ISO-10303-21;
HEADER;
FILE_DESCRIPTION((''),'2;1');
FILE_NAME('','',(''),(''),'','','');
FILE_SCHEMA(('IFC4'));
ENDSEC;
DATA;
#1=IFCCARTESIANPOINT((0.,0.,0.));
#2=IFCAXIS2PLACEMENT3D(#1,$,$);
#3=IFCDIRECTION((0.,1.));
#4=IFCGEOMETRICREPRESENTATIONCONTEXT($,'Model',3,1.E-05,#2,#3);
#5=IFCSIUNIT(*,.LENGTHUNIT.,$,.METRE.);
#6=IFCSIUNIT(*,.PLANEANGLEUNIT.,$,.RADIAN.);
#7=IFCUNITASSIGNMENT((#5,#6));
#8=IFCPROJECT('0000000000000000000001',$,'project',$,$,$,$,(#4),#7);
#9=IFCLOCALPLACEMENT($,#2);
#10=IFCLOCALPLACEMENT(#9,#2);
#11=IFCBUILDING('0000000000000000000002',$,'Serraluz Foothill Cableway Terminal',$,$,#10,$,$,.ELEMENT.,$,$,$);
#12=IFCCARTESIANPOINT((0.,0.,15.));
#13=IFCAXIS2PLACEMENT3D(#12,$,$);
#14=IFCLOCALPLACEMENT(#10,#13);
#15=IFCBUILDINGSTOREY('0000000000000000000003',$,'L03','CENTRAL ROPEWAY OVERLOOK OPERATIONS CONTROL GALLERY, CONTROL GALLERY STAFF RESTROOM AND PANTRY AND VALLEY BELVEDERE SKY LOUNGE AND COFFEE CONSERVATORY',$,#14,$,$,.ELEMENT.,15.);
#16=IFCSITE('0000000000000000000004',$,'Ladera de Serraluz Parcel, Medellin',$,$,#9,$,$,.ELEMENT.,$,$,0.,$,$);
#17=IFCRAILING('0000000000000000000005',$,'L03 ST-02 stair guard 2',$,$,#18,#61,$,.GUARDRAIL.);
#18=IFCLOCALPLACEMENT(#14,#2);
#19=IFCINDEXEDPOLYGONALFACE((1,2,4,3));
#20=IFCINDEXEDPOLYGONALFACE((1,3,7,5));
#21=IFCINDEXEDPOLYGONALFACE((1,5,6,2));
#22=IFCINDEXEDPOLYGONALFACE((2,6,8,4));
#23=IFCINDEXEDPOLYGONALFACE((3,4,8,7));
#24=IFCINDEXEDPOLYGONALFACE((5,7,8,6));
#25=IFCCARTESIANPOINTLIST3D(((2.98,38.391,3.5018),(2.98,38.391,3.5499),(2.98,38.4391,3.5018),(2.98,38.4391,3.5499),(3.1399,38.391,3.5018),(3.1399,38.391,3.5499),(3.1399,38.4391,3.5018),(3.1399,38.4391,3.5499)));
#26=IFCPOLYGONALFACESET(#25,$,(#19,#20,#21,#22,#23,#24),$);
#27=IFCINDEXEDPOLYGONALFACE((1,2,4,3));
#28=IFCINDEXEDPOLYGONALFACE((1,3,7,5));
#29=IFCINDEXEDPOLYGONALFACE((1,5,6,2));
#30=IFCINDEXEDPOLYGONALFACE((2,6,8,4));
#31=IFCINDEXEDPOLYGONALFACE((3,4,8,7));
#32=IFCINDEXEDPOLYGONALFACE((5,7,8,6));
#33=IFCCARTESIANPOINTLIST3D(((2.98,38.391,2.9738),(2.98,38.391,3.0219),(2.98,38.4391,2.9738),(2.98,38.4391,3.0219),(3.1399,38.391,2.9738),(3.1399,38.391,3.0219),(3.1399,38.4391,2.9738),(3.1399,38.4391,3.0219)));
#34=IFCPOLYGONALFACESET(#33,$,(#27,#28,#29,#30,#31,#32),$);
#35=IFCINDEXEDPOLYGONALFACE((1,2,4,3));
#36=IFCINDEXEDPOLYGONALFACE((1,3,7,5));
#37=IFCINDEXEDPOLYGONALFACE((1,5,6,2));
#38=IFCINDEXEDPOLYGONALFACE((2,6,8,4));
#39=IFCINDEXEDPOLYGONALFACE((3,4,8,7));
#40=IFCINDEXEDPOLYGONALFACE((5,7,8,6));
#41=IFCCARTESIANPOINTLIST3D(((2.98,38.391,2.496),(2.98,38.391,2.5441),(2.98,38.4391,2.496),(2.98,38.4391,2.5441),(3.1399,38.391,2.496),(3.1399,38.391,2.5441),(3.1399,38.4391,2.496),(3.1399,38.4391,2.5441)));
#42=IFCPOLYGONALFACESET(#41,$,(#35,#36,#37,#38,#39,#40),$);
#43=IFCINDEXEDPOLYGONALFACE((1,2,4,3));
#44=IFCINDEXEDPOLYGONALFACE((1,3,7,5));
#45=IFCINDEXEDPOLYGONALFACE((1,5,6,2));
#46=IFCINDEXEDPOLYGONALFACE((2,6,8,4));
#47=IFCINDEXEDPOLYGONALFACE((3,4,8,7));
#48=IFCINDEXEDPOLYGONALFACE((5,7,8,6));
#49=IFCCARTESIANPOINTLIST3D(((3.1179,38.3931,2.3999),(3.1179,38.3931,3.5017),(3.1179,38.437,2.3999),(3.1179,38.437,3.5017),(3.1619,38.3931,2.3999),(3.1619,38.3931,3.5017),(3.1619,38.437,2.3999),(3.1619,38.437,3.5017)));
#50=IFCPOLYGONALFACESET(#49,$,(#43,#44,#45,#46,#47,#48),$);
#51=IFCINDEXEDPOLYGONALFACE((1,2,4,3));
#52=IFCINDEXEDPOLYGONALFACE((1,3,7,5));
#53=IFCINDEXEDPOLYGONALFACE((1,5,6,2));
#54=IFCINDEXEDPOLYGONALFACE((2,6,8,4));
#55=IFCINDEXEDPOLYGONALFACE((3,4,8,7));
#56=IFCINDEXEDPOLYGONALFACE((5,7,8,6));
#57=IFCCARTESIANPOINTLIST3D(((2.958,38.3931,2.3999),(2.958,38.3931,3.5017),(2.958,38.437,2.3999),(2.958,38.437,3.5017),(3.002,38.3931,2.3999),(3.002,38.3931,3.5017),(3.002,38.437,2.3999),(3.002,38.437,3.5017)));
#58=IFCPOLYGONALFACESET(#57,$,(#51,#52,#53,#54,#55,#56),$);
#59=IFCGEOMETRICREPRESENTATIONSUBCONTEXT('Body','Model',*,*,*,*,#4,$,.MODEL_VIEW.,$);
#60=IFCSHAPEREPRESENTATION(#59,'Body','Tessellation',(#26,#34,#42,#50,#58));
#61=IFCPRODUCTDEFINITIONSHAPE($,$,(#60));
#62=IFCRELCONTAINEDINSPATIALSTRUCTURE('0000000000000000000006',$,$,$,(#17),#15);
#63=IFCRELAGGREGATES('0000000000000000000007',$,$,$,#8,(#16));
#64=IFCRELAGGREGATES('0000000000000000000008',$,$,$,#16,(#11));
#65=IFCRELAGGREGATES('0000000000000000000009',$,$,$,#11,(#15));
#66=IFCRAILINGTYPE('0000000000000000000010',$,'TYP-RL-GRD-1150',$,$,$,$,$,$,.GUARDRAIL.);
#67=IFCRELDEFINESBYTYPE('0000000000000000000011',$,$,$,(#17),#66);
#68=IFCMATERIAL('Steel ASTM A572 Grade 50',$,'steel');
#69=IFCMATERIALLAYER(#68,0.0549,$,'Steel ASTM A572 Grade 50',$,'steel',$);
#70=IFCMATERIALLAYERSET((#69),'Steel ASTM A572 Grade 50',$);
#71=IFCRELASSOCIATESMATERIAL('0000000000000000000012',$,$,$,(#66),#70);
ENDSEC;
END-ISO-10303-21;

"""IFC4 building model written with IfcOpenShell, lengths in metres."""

from ifc_helpers import new_model, si_unit, direction, frame, origin, origin_2d, place, context, subcontext, project, spatial, rectangle, extrude, material, layer, layer_set, type_object, element, save


model = new_model("IFC4")

# Units and contexts
model_context = context("Model", 3, precision=1e-05, world=origin(), true_north=direction((0.0, 1.0)))
body_context = subcontext(model_context, "Body", "Model", "MODEL_VIEW")
ifc_project = project(units=[si_unit("LENGTHUNIT", "METRE"), si_unit("PLANEANGLEUNIT", "RADIAN")], contexts=[model_context])

# Site, building, storey
site_placement = place(None, origin())
site = spatial("IfcSite", under=ifc_project, at=site_placement, Name="Ladera de Serraluz Parcel, Medellin", CompositionType="ELEMENT", RefElevation=0.0)
building_placement = place(site_placement, origin())
building = spatial("IfcBuilding", under=site, at=building_placement, Name="Serraluz Foothill Cableway Terminal", CompositionType="ELEMENT")
storey_placement = place(building_placement, frame((0.0, 0.0, 15.0)))
storey = spatial("IfcBuildingStorey", under=building, at=storey_placement, Name="L03", Description="CENTRAL ROPEWAY OVERLOOK OPERATIONS CONTROL GALLERY, CONTROL GALLERY STAFF RESTROOM AND PANTRY AND VALLEY BELVEDERE SKY LOUNGE AND COFFEE CONSERVATORY", CompositionType="ELEMENT", Elevation=15.0)

# Railing
ifc_material_1 = material(Name="Steel ASTM A572 Grade 50", Category="steel")
ifc_layer_1 = layer(ifc_material_1, 0.0549, Name="Steel ASTM A572 Grade 50", Category="steel")
ifc_layer_set_1 = layer_set([ifc_layer_1], Name="Steel ASTM A572 Grade 50")
railing_type_1 = type_object("IfcRailingType", Name="TYP-RL-GRD-1150", PredefinedType="GUARDRAIL", material=ifc_layer_set_1)
railing_1_placement = place(storey_placement, frame((3.1399, 38.415, 2.3999)))
element("IfcRailing", 1, at=railing_1_placement, inside=storey, type_object=railing_type_1, Name="L03 ST-02 stair guard 2", PredefinedType="GUARDRAIL", context=body_context, shape_type="SweptSolid", body=[
    extrude(rectangle(XDim=0.0481, YDim=0.0481, at=origin_2d()), frame((0.0, 0.0, 1.126), z_axis=(-1.0, 0.0, 0.0), x_axis=(0.0, -1.0, 0.0)), (0.0, 0.0, 1.0), 0.1599),
    extrude(rectangle(XDim=0.0481, YDim=0.0481, at=origin_2d()), frame((0.0, 0.0, 0.5979), z_axis=(-1.0, 0.0, 0.0), x_axis=(0.0, -1.0, 0.0)), (0.0, 0.0, 1.0), 0.1599),
    extrude(rectangle(XDim=0.0481, YDim=0.0481, at=origin_2d()), frame((0.0, 0.0, 0.1201), z_axis=(-1.0, 0.0, 0.0), x_axis=(0.0, -1.0, 0.0)), (0.0, 0.0, 1.0), 0.1599),
    extrude(rectangle(XDim=0.0439, YDim=0.0439, at=origin_2d()), origin(), (0.0, 0.0, 1.0), 1.1018),
    extrude(rectangle(XDim=0.0439, YDim=0.0439, at=origin_2d()), frame((-0.1599, 0.0, 0.0)), (0.0, 0.0, 1.0), 1.1018),
])

save(model, "model.ifc")
